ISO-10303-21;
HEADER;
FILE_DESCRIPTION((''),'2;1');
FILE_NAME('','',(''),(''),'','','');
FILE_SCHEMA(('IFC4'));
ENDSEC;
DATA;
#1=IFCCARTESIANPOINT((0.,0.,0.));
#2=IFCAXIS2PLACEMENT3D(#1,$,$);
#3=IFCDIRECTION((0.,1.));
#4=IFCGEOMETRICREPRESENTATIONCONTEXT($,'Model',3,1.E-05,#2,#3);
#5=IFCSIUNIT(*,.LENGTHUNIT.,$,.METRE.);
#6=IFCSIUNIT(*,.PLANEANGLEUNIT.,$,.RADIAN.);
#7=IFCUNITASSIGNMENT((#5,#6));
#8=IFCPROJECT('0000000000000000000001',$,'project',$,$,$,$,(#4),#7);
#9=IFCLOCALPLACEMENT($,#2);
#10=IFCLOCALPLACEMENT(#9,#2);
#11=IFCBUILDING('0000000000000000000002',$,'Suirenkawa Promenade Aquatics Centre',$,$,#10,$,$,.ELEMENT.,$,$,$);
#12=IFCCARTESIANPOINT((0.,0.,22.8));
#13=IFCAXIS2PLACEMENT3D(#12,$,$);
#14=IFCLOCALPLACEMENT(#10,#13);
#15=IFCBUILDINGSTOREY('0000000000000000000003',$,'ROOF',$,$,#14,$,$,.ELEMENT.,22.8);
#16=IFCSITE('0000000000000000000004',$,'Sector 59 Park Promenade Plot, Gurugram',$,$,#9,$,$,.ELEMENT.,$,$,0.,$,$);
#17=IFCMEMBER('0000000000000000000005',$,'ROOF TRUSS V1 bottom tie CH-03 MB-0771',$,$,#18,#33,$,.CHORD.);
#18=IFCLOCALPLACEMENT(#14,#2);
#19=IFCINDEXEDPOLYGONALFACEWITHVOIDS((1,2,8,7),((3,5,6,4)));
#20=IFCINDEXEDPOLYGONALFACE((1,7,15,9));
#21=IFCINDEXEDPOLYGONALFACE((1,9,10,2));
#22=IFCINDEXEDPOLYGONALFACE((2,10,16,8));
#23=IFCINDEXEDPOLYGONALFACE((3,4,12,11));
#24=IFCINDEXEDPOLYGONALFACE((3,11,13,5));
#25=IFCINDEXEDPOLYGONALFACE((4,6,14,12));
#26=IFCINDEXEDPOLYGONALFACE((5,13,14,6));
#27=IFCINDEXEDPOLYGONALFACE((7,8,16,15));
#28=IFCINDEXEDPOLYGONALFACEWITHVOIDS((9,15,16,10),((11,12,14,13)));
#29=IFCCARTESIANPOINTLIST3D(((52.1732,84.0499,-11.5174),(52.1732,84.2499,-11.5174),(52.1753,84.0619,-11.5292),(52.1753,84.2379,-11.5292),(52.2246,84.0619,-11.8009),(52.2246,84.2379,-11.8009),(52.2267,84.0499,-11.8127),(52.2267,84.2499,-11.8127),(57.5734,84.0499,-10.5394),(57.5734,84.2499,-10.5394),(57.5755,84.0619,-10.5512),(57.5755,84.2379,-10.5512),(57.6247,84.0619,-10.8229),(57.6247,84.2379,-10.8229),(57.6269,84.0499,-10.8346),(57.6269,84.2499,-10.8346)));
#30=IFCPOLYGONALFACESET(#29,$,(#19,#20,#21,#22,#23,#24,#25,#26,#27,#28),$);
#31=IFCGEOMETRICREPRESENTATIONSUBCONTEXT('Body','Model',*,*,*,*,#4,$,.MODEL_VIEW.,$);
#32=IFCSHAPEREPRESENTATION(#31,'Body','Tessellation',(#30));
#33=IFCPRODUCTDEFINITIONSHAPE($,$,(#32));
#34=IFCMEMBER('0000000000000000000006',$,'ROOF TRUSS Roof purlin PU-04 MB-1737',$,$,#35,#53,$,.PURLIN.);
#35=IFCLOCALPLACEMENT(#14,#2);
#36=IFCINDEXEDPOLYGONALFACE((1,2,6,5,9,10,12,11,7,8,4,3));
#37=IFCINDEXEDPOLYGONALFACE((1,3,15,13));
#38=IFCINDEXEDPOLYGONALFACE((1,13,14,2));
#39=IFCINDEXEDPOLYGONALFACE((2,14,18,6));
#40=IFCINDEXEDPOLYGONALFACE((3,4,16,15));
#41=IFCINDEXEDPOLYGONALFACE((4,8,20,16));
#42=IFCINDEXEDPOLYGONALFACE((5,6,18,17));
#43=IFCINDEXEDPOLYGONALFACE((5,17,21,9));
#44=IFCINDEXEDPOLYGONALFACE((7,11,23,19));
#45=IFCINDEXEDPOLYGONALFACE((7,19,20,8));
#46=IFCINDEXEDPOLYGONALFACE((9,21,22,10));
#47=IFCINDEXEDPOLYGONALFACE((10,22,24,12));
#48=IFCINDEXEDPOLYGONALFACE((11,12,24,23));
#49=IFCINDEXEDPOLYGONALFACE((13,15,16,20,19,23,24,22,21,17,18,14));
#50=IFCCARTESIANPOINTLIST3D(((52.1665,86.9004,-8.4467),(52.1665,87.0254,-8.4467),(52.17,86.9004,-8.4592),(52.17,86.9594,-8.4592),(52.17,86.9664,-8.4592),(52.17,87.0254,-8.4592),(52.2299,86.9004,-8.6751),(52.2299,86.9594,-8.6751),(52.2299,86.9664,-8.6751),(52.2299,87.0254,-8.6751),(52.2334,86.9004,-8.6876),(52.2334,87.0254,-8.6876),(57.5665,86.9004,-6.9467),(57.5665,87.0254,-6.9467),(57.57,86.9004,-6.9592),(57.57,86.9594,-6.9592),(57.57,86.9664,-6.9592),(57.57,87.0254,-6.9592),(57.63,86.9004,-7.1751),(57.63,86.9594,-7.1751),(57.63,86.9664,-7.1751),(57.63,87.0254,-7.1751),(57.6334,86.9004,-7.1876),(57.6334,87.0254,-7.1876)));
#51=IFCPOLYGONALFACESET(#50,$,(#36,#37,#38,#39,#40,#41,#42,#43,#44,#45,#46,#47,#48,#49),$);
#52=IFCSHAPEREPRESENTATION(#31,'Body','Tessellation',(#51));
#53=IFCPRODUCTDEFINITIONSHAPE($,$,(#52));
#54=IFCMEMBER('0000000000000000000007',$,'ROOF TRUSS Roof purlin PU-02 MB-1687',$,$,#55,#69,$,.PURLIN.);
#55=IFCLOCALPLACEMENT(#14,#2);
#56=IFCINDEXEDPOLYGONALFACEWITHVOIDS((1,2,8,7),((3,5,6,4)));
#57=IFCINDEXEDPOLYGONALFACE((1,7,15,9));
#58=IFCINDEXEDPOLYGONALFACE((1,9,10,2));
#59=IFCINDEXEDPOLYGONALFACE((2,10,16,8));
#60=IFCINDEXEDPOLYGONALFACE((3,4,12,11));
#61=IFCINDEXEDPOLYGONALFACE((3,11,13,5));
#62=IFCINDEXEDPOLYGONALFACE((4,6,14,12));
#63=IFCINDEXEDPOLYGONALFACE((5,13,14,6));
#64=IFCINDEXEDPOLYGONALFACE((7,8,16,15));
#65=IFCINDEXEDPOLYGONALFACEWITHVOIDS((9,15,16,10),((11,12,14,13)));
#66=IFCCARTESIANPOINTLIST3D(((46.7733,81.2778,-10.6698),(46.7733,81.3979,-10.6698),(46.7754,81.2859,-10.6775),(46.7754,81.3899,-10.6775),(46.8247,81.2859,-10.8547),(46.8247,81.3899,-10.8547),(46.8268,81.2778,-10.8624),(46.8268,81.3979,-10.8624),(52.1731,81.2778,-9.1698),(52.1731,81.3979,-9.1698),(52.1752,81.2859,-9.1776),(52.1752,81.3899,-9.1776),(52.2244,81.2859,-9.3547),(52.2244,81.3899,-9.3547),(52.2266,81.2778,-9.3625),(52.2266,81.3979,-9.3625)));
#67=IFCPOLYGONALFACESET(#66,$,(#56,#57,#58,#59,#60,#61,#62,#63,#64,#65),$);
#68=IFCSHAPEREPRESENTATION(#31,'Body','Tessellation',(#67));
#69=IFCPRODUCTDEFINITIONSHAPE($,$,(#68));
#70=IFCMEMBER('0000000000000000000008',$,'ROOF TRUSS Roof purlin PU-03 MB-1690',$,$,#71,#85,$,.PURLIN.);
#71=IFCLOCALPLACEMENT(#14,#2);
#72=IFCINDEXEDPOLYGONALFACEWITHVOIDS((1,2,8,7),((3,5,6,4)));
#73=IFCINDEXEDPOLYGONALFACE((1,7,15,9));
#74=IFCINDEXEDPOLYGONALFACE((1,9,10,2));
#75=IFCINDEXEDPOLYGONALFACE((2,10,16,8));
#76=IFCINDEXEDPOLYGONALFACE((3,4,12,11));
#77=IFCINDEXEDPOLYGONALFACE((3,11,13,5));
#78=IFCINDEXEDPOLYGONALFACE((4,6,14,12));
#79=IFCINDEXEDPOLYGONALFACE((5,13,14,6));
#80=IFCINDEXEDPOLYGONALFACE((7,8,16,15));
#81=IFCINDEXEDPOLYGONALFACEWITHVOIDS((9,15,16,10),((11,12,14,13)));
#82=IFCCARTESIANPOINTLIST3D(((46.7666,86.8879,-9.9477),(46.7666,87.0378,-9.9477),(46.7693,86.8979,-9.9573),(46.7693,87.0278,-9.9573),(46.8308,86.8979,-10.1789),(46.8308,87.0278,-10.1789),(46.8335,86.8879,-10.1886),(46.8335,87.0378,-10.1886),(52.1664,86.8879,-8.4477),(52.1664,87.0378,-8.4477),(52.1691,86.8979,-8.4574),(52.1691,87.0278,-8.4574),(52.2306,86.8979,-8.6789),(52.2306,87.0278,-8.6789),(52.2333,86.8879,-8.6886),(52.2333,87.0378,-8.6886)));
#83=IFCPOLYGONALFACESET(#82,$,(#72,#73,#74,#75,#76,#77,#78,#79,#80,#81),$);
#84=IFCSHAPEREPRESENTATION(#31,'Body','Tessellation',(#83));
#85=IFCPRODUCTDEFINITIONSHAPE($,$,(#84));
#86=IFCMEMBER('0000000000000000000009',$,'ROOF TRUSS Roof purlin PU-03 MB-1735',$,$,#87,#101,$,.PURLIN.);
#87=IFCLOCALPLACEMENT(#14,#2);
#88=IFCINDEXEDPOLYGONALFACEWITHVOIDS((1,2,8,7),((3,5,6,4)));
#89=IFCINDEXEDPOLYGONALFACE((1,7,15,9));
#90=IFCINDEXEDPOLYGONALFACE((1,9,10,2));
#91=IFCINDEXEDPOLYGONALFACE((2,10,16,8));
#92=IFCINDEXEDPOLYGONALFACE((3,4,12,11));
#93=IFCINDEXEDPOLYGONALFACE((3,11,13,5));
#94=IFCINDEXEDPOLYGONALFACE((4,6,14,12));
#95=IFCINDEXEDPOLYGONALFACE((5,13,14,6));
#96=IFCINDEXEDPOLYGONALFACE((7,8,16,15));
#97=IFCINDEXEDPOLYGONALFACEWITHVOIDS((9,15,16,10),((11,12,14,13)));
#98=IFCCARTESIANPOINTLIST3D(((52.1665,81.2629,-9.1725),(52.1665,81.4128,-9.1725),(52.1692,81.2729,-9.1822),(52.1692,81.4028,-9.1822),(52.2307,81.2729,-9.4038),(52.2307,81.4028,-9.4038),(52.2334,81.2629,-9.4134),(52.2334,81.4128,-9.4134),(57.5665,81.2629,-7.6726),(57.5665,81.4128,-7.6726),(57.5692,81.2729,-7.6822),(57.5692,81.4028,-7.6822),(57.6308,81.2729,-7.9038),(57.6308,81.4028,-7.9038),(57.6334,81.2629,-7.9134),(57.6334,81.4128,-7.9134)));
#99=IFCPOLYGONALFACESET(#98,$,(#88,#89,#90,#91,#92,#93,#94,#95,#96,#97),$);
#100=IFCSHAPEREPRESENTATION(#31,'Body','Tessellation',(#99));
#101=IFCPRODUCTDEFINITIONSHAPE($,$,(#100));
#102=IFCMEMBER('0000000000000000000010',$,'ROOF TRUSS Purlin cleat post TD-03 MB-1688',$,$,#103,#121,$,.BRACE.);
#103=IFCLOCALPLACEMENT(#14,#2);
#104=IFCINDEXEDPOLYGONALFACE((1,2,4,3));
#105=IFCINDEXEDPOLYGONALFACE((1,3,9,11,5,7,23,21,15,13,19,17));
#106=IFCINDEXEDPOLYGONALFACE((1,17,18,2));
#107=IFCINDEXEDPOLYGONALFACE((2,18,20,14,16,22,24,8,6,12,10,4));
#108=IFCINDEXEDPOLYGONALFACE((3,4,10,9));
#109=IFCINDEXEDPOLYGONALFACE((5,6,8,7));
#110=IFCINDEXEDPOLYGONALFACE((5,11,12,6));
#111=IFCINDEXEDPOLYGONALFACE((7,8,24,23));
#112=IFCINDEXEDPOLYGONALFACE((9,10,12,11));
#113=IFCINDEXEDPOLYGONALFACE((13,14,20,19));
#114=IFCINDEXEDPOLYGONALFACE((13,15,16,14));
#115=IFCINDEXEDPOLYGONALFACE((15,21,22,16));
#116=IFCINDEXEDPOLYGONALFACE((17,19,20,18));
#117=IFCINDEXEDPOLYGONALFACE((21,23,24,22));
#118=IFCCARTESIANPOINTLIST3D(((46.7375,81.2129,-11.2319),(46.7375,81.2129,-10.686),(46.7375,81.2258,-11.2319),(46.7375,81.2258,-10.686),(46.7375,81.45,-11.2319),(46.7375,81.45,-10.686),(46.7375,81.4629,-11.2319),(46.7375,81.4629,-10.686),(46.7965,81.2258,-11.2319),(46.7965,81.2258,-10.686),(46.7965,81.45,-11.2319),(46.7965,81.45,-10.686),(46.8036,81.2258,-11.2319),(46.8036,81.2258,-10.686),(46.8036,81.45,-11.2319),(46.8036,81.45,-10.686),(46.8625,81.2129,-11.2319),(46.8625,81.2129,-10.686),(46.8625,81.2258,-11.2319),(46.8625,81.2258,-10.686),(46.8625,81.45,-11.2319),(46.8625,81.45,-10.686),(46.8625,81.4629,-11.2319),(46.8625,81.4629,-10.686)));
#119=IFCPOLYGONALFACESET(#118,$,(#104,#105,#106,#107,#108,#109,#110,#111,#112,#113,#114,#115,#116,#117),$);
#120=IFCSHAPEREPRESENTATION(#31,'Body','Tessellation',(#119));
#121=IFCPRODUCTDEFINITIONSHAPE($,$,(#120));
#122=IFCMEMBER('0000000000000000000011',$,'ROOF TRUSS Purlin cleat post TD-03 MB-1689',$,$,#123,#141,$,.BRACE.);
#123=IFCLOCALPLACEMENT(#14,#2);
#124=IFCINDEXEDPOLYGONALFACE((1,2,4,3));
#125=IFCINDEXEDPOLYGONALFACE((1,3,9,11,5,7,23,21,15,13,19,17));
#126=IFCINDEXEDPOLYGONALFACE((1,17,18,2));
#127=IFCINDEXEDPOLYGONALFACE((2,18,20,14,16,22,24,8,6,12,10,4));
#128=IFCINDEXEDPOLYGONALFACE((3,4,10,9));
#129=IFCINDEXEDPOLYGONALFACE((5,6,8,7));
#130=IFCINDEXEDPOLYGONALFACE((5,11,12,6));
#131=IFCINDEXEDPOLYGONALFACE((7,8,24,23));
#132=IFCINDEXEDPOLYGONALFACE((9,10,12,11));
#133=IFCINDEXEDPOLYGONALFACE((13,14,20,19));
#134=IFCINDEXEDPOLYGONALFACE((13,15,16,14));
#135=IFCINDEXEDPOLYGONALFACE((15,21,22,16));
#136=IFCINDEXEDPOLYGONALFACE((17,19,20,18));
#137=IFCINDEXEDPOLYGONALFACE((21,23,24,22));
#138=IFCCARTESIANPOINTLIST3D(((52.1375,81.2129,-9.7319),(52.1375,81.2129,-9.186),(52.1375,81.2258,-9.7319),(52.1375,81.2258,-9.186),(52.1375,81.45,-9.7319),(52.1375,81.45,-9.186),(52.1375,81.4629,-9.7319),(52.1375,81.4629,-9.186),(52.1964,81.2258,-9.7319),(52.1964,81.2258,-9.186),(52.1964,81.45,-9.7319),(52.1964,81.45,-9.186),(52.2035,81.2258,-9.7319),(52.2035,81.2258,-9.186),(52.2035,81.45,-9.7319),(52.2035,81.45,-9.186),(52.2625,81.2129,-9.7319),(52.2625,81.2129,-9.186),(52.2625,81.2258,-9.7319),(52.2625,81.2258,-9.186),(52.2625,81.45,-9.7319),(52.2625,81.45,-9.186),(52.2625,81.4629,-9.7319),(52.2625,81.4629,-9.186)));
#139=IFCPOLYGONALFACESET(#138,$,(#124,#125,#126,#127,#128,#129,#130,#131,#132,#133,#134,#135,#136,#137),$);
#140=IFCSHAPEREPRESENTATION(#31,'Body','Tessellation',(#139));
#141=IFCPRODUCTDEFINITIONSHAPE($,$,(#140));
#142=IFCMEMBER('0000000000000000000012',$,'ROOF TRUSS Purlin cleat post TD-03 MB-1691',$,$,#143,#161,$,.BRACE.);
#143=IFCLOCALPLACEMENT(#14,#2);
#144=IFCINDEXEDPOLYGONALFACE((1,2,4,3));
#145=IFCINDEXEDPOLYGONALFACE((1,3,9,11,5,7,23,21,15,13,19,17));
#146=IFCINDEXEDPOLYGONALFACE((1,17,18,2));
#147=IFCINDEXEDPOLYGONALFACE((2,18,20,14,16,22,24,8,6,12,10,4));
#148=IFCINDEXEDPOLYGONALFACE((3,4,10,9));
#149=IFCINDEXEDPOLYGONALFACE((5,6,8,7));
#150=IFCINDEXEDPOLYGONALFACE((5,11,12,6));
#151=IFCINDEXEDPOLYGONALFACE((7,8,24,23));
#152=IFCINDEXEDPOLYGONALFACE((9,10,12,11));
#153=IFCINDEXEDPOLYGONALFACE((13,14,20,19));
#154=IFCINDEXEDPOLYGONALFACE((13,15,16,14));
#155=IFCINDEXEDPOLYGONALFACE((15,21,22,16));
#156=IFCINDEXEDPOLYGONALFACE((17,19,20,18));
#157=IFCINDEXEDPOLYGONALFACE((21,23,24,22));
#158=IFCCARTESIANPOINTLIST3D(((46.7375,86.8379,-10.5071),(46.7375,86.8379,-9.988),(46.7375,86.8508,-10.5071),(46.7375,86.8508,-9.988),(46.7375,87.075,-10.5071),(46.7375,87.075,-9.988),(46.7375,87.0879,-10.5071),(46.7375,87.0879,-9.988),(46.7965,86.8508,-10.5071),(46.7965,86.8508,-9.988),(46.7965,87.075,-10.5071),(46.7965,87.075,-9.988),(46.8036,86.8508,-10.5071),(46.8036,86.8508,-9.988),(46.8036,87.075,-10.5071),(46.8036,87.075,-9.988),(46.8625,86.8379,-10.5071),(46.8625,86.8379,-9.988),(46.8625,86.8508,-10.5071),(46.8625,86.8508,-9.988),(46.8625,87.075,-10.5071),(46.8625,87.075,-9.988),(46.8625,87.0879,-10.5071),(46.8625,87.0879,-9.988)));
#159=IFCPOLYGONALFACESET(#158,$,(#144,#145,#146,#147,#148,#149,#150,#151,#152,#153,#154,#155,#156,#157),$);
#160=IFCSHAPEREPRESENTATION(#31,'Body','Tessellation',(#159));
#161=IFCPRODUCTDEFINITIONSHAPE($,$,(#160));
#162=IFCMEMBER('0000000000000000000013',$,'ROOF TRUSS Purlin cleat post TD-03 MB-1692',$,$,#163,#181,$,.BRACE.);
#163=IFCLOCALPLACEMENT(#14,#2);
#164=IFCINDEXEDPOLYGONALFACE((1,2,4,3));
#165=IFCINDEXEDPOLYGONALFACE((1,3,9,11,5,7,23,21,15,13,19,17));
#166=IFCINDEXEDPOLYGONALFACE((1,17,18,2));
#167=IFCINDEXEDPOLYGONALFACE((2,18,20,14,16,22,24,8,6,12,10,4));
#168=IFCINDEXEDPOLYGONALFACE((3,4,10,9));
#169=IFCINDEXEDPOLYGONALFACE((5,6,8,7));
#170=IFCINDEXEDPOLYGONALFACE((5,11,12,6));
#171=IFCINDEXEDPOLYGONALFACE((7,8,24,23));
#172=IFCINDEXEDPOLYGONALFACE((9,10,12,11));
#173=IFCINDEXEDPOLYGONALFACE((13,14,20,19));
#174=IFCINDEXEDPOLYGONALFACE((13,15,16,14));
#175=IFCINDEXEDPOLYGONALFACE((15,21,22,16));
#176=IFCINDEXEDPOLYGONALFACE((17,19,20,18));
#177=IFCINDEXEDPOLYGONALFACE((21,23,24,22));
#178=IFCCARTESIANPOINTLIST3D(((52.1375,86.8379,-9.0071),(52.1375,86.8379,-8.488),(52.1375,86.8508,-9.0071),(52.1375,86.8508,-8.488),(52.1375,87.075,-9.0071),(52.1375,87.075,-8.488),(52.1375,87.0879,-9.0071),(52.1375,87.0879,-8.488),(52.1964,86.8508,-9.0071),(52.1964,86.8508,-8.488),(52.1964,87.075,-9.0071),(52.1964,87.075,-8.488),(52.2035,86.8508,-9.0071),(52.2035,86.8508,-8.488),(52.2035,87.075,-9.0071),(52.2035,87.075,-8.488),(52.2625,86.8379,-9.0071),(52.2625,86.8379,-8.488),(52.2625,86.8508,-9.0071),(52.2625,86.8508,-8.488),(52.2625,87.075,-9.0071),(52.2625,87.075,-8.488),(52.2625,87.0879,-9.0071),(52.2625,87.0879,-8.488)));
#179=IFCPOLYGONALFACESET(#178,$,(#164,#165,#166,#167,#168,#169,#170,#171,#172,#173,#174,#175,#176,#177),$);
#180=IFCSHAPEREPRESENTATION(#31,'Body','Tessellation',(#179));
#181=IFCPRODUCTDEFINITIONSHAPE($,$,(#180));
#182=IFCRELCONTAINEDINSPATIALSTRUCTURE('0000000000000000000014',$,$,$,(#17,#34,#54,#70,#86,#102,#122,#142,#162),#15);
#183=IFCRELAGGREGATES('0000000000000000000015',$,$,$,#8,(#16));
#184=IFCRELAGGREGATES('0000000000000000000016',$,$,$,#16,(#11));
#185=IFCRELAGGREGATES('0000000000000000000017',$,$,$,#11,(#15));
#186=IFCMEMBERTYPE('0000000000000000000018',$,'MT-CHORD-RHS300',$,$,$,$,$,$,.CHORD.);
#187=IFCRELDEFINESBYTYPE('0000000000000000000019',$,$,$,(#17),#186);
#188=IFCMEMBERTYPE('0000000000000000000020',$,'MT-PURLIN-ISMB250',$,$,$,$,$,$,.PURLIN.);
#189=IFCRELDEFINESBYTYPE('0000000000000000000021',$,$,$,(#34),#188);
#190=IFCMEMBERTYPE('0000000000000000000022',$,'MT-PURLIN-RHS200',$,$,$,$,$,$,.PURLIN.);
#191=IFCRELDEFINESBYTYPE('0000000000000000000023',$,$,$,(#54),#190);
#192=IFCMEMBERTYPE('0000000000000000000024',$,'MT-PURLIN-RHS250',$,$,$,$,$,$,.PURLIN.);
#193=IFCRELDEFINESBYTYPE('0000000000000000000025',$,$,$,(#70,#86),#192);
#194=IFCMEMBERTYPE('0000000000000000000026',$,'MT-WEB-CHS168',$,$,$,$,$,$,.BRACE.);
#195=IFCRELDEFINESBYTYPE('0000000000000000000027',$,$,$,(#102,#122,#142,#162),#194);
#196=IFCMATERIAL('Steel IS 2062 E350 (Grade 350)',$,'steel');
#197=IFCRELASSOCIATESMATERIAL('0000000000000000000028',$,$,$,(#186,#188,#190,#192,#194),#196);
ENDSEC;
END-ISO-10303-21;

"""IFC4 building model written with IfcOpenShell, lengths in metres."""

from ifc_helpers import new_model, si_unit, direction, frame, origin, origin_2d, place, context, subcontext, project, spatial, hollow_rectangle, i_section, extrude, material, material_profile, profile_set, type_object, element, save


model = new_model("IFC4")

# Units and contexts
model_context = context("Model", 3, precision=1e-05, world=origin(), true_north=direction((0.0, 1.0)))
body_context = subcontext(model_context, "Body", "Model", "MODEL_VIEW")
ifc_project = project(units=[si_unit("LENGTHUNIT", "METRE"), si_unit("PLANEANGLEUNIT", "RADIAN")], contexts=[model_context])

# Site, building, storey
site_placement = place(None, origin())
site = spatial("IfcSite", under=ifc_project, at=site_placement, Name="Sector 59 Park Promenade Plot, Gurugram", CompositionType="ELEMENT", RefElevation=0.0)
building_placement = place(site_placement, origin())
building = spatial("IfcBuilding", under=site, at=building_placement, Name="Suirenkawa Promenade Aquatics Centre", CompositionType="ELEMENT")
storey_placement = place(building_placement, frame((0.0, 0.0, 22.8)))
storey = spatial("IfcBuildingStorey", under=building, at=storey_placement, Name="ROOF", CompositionType="ELEMENT", Elevation=22.8)

# Shared definitions
ifc_material = material(Name="Steel IS 2062 E350 (Grade 350)", Category="steel")

# Members
ifc_material_profile_1 = material_profile(ifc_material, hollow_rectangle(XDim=0.2, YDim=0.3, WallThickness=0.012, at=origin_2d()), Name="RHS 300x200x12", Category="steel")
ifc_profile_set_1 = profile_set([ifc_material_profile_1], Name="Steel IS 2062 E350 (Grade 350)")
member_type_1 = type_object("IfcMemberType", Name="MT-CHORD-RHS300", PredefinedType="CHORD", material=ifc_profile_set_1)
member_1_placement = place(storey_placement, frame((52.2, 84.1499, -11.665), z_axis=(0.983992, 0.0, 0.178212), x_axis=(0.0, 1.0, 0.0)))
element("IfcMember", 1, at=member_1_placement, inside=storey, type_object=member_type_1, Name="ROOF TRUSS V1 bottom tie CH-03 MB-0771", PredefinedType="CHORD", context=body_context, shape_type="SweptSolid", body=[
    extrude(hollow_rectangle(XDim=0.2, YDim=0.3, WallThickness=0.012, at=origin_2d()), origin(), (0.0, 0.0, 1.0), 5.488),
])
ifc_material_profile_2 = material_profile(ifc_material, i_section(OverallWidth=0.125, OverallDepth=0.25, WebThickness=0.0071, FlangeThickness=0.0129, at=origin_2d()), Name="ISMB 250", Category="steel")
ifc_profile_set_2 = profile_set([ifc_material_profile_2], Name="Steel IS 2062 E350 (Grade 350)")
member_type_2 = type_object("IfcMemberType", Name="MT-PURLIN-ISMB250", PredefinedType="PURLIN", material=ifc_profile_set_2)
member_2_placement = place(storey_placement, frame((52.2, 86.9629, -8.5671), z_axis=(0.96352, 0.0, 0.267637), x_axis=(0.0, 1.0, 0.0)))
element("IfcMember", 2, at=member_2_placement, inside=storey, type_object=member_type_2, Name="ROOF TRUSS Roof purlin PU-04 MB-1737", PredefinedType="PURLIN", context=body_context, shape_type="SweptSolid", body=[
    extrude(i_section(OverallWidth=0.125, OverallDepth=0.25, WebThickness=0.0071, FlangeThickness=0.0129, at=origin_2d()), origin(), (0.0, 0.0, 1.0), 5.6045),
])
ifc_material_profile_3 = material_profile(ifc_material, hollow_rectangle(XDim=0.1201, YDim=0.2, WallThickness=0.0081, at=origin_2d()), Name="RHS 200x120x8", Category="steel")
ifc_profile_set_3 = profile_set([ifc_material_profile_3], Name="Steel IS 2062 E350 (Grade 350)")
member_type_3 = type_object("IfcMemberType", Name="MT-PURLIN-RHS200", PredefinedType="PURLIN", material=ifc_profile_set_3)
member_3_placement = place(storey_placement, frame((46.8, 81.3379, -10.7661), z_axis=(0.963517, 0.0, 0.267648), x_axis=(0.0, 1.0, 0.0)))
element("IfcMember", 3, at=member_3_placement, inside=storey, type_object=member_type_3, Name="ROOF TRUSS Roof purlin PU-02 MB-1687", PredefinedType="PURLIN", context=body_context, shape_type="SweptSolid", body=[
    extrude(hollow_rectangle(XDim=0.1201, YDim=0.2, WallThickness=0.0081, at=origin_2d()), origin(), (0.0, 0.0, 1.0), 5.6042),
])
ifc_material_profile_4 = material_profile(ifc_material, hollow_rectangle(XDim=0.1499, YDim=0.25, WallThickness=0.01, at=origin_2d()), Name="RHS 250x150x10", Category="steel")
ifc_profile_set_4 = profile_set([ifc_material_profile_4], Name="Steel IS 2062 E350 (Grade 350)")
member_type_4 = type_object("IfcMemberType", Name="MT-PURLIN-RHS250", PredefinedType="PURLIN", material=ifc_profile_set_4)
member_4_placement = place(storey_placement, frame((46.8, 86.9629, -10.0681), z_axis=(0.963517, 0.0, 0.267648), x_axis=(0.0, 1.0, 0.0)))
element("IfcMember", 4, at=member_4_placement, inside=storey, type_object=member_type_4, Name="ROOF TRUSS Roof purlin PU-03 MB-1690", PredefinedType="PURLIN", context=body_context, shape_type="SweptSolid", body=[
    extrude(hollow_rectangle(XDim=0.1499, YDim=0.25, WallThickness=0.01, at=origin_2d()), origin(), (0.0, 0.0, 1.0), 5.6042),
])
member_5_placement = place(storey_placement, frame((52.2, 81.3379, -9.293), z_axis=(0.96352, 0.0, 0.267637), x_axis=(0.0, 1.0, 0.0)))
element("IfcMember", 5, at=member_5_placement, inside=storey, type_object=member_type_4, Name="ROOF TRUSS Roof purlin PU-03 MB-1735", PredefinedType="PURLIN", context=body_context, shape_type="SweptSolid", body=[
    extrude(hollow_rectangle(XDim=0.1499, YDim=0.25, WallThickness=0.01, at=origin_2d()), origin(), (0.0, 0.0, 1.0), 5.6045),
])
ifc_material_profile_5 = material_profile(ifc_material, i_section(OverallWidth=0.125, OverallDepth=0.25, WebThickness=0.0071, FlangeThickness=0.0129, at=origin_2d()), Name="ISMB 250", Category="steel")
ifc_profile_set_5 = profile_set([ifc_material_profile_5], Name="Steel IS 2062 E350 (Grade 350)")
member_type_5 = type_object("IfcMemberType", Name="MT-WEB-CHS168", PredefinedType="BRACE", material=ifc_profile_set_5)
for number, where, z_axis, x_axis, name in (
    (6, (46.8, 81.3379, -11.2319), (0.0, 0.0, 1.0), (1.0, 0.0, 0.0), "ROOF TRUSS Purlin cleat post TD-03 MB-1688"),
    (7, (52.2, 81.3379, -9.7319), (0.0, 0.0, 1.0), (1.0, 0.0, 0.0), "ROOF TRUSS Purlin cleat post TD-03 MB-1689"),
):
    element("IfcMember", number, at=place(storey_placement, frame(where, z_axis=z_axis, x_axis=x_axis)), inside=storey, type_object=member_type_5, Name=name, PredefinedType="BRACE", context=body_context, shape_type="SweptSolid", body=[
        extrude(i_section(OverallWidth=0.125, OverallDepth=0.25, WebThickness=0.0071, FlangeThickness=0.0129, at=origin_2d()), origin(), (0.0, 0.0, 1.0), 0.5459),
    ])
for number, where, z_axis, x_axis, name in (
    (8, (46.8, 86.9629, -10.5071), (0.0, 0.0, 1.0), (1.0, 0.0, 0.0), "ROOF TRUSS Purlin cleat post TD-03 MB-1691"),
    (9, (52.2, 86.9629, -9.0071), (0.0, 0.0, 1.0), (1.0, 0.0, 0.0), "ROOF TRUSS Purlin cleat post TD-03 MB-1692"),
):
    element("IfcMember", number, at=place(storey_placement, frame(where, z_axis=z_axis, x_axis=x_axis)), inside=storey, type_object=member_type_5, Name=name, PredefinedType="BRACE", context=body_context, shape_type="SweptSolid", body=[
        extrude(i_section(OverallWidth=0.125, OverallDepth=0.25, WebThickness=0.0071, FlangeThickness=0.0129, at=origin_2d()), origin(), (0.0, 0.0, 1.0), 0.519),
    ])

save(model, "model.ifc")
